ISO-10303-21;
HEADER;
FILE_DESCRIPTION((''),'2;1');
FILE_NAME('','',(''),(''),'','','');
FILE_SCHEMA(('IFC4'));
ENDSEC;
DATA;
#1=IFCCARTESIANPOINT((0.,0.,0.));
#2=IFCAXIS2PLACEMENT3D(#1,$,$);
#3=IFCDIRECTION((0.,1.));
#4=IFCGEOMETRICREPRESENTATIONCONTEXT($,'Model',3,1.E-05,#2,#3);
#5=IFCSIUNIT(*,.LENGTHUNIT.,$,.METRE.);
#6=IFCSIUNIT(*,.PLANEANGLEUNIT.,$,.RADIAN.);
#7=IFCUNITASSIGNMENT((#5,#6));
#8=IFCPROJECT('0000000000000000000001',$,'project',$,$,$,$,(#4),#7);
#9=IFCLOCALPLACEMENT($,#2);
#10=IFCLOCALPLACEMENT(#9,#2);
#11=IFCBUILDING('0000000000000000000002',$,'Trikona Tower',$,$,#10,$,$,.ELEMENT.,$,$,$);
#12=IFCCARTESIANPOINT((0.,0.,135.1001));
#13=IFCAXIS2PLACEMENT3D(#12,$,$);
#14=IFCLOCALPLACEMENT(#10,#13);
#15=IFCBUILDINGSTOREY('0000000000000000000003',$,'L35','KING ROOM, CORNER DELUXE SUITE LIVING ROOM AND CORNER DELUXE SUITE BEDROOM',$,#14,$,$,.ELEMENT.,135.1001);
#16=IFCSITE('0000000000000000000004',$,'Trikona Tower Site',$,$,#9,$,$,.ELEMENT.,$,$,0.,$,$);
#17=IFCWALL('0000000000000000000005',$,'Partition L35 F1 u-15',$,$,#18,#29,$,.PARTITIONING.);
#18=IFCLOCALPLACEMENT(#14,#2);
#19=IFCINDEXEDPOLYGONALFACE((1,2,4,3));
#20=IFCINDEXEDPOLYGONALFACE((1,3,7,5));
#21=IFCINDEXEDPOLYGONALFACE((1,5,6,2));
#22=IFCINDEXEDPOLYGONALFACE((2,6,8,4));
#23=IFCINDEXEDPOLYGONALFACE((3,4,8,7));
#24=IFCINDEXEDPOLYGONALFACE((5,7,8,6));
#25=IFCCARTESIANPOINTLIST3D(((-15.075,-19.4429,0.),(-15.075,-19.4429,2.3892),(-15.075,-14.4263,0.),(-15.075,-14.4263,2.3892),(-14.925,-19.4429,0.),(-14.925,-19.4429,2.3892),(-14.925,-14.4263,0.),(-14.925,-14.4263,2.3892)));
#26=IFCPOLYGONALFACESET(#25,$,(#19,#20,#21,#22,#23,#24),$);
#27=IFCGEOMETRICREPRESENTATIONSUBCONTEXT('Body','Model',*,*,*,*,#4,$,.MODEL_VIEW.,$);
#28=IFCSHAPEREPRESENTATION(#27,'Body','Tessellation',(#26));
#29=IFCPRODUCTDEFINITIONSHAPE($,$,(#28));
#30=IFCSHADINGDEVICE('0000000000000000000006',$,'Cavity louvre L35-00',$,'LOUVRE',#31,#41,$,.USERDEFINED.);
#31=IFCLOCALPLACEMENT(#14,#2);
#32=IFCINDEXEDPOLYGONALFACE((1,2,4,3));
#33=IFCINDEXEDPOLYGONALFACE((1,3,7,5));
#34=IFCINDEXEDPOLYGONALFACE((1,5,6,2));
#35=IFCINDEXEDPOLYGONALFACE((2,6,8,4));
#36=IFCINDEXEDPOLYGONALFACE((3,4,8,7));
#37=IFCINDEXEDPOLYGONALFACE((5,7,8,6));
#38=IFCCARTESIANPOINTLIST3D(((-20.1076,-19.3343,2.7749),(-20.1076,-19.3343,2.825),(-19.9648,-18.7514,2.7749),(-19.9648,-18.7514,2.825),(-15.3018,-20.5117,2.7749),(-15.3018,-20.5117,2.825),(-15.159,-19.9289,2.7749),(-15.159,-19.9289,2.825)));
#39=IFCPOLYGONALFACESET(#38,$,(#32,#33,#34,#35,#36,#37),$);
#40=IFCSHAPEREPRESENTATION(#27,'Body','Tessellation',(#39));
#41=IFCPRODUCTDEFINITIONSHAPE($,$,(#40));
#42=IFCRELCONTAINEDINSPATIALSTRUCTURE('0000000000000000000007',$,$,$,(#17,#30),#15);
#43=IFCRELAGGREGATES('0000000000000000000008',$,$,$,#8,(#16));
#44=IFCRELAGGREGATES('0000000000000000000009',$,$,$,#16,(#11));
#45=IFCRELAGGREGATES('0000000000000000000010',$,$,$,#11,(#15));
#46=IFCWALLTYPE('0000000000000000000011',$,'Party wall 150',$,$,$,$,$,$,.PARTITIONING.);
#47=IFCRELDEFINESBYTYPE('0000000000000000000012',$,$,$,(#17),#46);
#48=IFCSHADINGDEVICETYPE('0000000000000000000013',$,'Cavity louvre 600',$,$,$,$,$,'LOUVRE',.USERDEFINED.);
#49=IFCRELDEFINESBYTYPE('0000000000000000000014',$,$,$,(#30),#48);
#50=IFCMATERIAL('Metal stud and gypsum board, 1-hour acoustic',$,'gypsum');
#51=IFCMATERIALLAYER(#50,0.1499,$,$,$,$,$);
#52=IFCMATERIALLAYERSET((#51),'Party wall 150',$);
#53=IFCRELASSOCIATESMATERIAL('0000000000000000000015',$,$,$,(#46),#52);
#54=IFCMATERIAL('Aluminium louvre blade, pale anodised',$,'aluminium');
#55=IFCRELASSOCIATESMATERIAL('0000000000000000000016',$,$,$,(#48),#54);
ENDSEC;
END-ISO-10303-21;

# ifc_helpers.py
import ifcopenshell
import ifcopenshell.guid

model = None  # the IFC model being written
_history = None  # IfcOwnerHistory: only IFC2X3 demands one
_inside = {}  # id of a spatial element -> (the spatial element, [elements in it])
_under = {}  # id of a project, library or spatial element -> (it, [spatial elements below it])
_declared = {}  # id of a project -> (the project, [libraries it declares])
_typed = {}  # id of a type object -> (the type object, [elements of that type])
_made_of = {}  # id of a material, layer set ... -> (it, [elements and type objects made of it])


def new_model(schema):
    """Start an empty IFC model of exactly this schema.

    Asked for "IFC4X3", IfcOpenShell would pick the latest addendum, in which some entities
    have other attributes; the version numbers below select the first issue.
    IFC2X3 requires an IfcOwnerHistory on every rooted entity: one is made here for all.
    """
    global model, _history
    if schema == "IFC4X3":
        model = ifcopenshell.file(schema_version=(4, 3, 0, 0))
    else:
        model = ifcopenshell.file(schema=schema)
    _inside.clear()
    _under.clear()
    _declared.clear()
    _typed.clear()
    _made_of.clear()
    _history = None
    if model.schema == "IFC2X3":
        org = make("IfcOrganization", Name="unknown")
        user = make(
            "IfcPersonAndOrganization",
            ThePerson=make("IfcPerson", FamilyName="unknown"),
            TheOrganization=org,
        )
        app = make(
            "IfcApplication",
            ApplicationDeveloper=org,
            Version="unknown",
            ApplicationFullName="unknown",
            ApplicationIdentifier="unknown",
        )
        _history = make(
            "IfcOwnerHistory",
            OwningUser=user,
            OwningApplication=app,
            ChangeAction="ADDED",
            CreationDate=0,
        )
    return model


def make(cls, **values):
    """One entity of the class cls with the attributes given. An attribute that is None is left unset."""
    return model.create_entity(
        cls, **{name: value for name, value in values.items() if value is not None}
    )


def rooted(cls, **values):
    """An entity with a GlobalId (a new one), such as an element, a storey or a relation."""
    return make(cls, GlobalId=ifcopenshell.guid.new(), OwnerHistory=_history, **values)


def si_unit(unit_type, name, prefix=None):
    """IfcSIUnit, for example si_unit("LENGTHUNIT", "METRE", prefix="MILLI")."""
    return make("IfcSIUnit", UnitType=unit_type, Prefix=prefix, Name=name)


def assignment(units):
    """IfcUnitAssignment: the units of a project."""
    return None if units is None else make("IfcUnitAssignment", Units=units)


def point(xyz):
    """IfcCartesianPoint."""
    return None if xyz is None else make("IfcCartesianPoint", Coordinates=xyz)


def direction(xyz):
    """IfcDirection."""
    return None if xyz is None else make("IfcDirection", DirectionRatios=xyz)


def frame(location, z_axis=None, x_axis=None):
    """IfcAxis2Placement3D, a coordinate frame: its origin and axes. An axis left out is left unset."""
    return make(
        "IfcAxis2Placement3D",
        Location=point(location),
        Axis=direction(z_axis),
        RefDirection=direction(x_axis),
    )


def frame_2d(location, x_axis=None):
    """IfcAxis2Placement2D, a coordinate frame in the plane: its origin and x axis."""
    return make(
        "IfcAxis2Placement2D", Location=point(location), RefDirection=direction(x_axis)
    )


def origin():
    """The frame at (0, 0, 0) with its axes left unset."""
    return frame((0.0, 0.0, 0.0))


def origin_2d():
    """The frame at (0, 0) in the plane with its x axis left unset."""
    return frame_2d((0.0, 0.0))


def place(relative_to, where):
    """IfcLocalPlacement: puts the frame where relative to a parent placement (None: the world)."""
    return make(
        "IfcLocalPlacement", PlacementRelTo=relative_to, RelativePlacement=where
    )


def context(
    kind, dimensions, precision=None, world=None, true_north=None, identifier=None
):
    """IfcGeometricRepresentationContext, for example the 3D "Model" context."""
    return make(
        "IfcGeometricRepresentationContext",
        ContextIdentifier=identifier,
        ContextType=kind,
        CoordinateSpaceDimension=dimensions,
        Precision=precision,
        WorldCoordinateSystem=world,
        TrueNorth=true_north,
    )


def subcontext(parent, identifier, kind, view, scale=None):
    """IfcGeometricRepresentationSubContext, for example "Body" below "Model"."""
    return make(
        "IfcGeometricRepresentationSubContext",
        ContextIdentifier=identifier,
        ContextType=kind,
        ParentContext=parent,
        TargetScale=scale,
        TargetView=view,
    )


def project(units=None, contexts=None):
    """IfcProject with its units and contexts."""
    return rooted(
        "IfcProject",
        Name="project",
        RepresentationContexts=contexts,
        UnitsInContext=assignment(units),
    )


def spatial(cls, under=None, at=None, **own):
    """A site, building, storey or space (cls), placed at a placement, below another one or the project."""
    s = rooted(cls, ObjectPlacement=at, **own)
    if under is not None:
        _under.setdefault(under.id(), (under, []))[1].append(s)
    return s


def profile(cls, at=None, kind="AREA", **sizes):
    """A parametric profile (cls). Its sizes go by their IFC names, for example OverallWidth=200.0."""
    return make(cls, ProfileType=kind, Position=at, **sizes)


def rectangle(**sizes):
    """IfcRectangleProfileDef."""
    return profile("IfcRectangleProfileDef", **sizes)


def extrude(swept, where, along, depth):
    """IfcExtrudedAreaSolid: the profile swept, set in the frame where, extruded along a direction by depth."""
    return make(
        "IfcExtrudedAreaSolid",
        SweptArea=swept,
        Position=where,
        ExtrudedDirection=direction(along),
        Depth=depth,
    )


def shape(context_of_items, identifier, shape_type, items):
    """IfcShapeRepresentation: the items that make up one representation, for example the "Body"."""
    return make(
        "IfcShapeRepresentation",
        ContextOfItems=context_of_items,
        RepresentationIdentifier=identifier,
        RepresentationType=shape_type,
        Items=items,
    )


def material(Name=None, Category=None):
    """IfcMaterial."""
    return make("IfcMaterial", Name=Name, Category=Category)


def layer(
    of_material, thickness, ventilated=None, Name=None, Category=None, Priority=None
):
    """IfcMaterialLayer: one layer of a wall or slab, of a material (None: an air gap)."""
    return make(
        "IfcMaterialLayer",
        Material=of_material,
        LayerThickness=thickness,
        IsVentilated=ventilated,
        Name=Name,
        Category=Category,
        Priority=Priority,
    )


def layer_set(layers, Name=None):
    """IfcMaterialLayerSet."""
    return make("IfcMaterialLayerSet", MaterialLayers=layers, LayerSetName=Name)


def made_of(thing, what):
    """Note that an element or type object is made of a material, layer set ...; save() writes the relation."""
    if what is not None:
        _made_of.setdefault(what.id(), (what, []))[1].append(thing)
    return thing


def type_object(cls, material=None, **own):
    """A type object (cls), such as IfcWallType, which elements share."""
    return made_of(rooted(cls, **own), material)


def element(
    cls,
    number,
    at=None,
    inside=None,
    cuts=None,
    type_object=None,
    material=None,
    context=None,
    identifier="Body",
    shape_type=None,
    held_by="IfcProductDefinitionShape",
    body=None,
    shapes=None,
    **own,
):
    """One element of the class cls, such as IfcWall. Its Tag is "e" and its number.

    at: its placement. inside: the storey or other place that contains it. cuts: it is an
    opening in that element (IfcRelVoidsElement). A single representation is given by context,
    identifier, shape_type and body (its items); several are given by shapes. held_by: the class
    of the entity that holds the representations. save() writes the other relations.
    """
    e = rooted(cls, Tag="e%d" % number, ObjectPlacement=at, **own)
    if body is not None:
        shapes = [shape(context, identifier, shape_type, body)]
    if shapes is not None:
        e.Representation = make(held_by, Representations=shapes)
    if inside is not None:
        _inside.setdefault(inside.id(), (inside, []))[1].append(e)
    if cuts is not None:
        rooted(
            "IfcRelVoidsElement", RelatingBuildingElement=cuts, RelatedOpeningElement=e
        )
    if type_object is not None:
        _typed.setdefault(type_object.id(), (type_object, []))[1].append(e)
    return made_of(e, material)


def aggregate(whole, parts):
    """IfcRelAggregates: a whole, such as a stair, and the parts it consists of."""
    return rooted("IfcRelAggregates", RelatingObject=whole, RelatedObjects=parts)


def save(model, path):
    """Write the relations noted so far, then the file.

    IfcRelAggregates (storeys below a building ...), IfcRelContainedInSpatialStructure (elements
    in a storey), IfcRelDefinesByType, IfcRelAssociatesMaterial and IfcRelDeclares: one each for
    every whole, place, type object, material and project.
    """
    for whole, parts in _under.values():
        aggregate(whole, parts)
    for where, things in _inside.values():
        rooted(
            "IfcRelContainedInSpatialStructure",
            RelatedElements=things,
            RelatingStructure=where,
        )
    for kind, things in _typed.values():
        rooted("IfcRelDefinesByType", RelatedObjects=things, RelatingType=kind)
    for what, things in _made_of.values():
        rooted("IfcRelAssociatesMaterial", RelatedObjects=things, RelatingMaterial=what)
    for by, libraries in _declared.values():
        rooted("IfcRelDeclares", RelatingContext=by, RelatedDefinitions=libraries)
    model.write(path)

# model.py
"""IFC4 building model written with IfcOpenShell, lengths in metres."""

from ifc_helpers import new_model, si_unit, direction, frame, frame_2d, origin, origin_2d, place, context, subcontext, project, spatial, rectangle, extrude, material, layer, layer_set, type_object, element, save


model = new_model("IFC4")

# Units and contexts
model_context = context("Model", 3, precision=1e-05, world=origin(), true_north=direction((0.0, 1.0)))
body_context = subcontext(model_context, "Body", "Model", "MODEL_VIEW")
ifc_project = project(units=[si_unit("LENGTHUNIT", "METRE"), si_unit("PLANEANGLEUNIT", "RADIAN")], contexts=[model_context])

# Site, building, storey
site_placement = place(None, origin())
site = spatial("IfcSite", under=ifc_project, at=site_placement, Name="Trikona Tower Site", CompositionType="ELEMENT", RefElevation=0.0)
building_placement = place(site_placement, origin())
building = spatial("IfcBuilding", under=site, at=building_placement, Name="Trikona Tower", CompositionType="ELEMENT")
storey_placement = place(building_placement, frame((0.0, 0.0, 135.1001)))
storey = spatial("IfcBuildingStorey", under=building, at=storey_placement, Name="L35", Description="KING ROOM, CORNER DELUXE SUITE LIVING ROOM AND CORNER DELUXE SUITE BEDROOM", CompositionType="ELEMENT", Elevation=135.1001)

# Wall
ifc_material_1 = material(Name="Metal stud and gypsum board, 1-hour acoustic", Category="gypsum")
ifc_layer_1 = layer(ifc_material_1, 0.1499)
ifc_layer_set_1 = layer_set([ifc_layer_1], Name="Party wall 150")
wall_type_1 = type_object("IfcWallType", Name="Party wall 150", PredefinedType="PARTITIONING", material=ifc_layer_set_1)
wall_1_placement = place(storey_placement, frame((-15.0, -14.4263, 0.0), z_axis=(0.0, 0.0, 1.0), x_axis=(0.0, -1.0, 0.0)))
element("IfcWall", 1, at=wall_1_placement, inside=storey, type_object=wall_type_1, Name="Partition L35 F1 u-15", PredefinedType="PARTITIONING", context=body_context, shape_type="SweptSolid", body=[
    extrude(rectangle(XDim=5.0166, YDim=0.1499, at=frame_2d((2.5083, 0.0))), origin(), (0.0, 0.0, 1.0), 2.3892),
])

# Shading device
ifc_material_2 = material(Name="Aluminium louvre blade, pale anodised", Category="aluminium")
shading_device_type = type_object("IfcShadingDeviceType", Name="Cavity louvre 600", ElementType="LOUVRE", PredefinedType="USERDEFINED", material=ifc_material_2)
shading_device_placement = place(storey_placement, frame((-17.6333, -19.6316, 2.7749), z_axis=(0.0, 0.0, 1.0), x_axis=(0.971274, -0.237962, 0.0)))
element("IfcShadingDevice", 2, at=shading_device_placement, inside=storey, type_object=shading_device_type, Name="Cavity louvre L35-00", ObjectType="LOUVRE", PredefinedType="USERDEFINED", context=body_context, shape_type="SweptSolid", body=[
    extrude(rectangle(XDim=4.948, YDim=0.6001, at=origin_2d()), origin(), (0.0, 0.0, 1.0), 0.05),
])

save(model, "model.ifc")
